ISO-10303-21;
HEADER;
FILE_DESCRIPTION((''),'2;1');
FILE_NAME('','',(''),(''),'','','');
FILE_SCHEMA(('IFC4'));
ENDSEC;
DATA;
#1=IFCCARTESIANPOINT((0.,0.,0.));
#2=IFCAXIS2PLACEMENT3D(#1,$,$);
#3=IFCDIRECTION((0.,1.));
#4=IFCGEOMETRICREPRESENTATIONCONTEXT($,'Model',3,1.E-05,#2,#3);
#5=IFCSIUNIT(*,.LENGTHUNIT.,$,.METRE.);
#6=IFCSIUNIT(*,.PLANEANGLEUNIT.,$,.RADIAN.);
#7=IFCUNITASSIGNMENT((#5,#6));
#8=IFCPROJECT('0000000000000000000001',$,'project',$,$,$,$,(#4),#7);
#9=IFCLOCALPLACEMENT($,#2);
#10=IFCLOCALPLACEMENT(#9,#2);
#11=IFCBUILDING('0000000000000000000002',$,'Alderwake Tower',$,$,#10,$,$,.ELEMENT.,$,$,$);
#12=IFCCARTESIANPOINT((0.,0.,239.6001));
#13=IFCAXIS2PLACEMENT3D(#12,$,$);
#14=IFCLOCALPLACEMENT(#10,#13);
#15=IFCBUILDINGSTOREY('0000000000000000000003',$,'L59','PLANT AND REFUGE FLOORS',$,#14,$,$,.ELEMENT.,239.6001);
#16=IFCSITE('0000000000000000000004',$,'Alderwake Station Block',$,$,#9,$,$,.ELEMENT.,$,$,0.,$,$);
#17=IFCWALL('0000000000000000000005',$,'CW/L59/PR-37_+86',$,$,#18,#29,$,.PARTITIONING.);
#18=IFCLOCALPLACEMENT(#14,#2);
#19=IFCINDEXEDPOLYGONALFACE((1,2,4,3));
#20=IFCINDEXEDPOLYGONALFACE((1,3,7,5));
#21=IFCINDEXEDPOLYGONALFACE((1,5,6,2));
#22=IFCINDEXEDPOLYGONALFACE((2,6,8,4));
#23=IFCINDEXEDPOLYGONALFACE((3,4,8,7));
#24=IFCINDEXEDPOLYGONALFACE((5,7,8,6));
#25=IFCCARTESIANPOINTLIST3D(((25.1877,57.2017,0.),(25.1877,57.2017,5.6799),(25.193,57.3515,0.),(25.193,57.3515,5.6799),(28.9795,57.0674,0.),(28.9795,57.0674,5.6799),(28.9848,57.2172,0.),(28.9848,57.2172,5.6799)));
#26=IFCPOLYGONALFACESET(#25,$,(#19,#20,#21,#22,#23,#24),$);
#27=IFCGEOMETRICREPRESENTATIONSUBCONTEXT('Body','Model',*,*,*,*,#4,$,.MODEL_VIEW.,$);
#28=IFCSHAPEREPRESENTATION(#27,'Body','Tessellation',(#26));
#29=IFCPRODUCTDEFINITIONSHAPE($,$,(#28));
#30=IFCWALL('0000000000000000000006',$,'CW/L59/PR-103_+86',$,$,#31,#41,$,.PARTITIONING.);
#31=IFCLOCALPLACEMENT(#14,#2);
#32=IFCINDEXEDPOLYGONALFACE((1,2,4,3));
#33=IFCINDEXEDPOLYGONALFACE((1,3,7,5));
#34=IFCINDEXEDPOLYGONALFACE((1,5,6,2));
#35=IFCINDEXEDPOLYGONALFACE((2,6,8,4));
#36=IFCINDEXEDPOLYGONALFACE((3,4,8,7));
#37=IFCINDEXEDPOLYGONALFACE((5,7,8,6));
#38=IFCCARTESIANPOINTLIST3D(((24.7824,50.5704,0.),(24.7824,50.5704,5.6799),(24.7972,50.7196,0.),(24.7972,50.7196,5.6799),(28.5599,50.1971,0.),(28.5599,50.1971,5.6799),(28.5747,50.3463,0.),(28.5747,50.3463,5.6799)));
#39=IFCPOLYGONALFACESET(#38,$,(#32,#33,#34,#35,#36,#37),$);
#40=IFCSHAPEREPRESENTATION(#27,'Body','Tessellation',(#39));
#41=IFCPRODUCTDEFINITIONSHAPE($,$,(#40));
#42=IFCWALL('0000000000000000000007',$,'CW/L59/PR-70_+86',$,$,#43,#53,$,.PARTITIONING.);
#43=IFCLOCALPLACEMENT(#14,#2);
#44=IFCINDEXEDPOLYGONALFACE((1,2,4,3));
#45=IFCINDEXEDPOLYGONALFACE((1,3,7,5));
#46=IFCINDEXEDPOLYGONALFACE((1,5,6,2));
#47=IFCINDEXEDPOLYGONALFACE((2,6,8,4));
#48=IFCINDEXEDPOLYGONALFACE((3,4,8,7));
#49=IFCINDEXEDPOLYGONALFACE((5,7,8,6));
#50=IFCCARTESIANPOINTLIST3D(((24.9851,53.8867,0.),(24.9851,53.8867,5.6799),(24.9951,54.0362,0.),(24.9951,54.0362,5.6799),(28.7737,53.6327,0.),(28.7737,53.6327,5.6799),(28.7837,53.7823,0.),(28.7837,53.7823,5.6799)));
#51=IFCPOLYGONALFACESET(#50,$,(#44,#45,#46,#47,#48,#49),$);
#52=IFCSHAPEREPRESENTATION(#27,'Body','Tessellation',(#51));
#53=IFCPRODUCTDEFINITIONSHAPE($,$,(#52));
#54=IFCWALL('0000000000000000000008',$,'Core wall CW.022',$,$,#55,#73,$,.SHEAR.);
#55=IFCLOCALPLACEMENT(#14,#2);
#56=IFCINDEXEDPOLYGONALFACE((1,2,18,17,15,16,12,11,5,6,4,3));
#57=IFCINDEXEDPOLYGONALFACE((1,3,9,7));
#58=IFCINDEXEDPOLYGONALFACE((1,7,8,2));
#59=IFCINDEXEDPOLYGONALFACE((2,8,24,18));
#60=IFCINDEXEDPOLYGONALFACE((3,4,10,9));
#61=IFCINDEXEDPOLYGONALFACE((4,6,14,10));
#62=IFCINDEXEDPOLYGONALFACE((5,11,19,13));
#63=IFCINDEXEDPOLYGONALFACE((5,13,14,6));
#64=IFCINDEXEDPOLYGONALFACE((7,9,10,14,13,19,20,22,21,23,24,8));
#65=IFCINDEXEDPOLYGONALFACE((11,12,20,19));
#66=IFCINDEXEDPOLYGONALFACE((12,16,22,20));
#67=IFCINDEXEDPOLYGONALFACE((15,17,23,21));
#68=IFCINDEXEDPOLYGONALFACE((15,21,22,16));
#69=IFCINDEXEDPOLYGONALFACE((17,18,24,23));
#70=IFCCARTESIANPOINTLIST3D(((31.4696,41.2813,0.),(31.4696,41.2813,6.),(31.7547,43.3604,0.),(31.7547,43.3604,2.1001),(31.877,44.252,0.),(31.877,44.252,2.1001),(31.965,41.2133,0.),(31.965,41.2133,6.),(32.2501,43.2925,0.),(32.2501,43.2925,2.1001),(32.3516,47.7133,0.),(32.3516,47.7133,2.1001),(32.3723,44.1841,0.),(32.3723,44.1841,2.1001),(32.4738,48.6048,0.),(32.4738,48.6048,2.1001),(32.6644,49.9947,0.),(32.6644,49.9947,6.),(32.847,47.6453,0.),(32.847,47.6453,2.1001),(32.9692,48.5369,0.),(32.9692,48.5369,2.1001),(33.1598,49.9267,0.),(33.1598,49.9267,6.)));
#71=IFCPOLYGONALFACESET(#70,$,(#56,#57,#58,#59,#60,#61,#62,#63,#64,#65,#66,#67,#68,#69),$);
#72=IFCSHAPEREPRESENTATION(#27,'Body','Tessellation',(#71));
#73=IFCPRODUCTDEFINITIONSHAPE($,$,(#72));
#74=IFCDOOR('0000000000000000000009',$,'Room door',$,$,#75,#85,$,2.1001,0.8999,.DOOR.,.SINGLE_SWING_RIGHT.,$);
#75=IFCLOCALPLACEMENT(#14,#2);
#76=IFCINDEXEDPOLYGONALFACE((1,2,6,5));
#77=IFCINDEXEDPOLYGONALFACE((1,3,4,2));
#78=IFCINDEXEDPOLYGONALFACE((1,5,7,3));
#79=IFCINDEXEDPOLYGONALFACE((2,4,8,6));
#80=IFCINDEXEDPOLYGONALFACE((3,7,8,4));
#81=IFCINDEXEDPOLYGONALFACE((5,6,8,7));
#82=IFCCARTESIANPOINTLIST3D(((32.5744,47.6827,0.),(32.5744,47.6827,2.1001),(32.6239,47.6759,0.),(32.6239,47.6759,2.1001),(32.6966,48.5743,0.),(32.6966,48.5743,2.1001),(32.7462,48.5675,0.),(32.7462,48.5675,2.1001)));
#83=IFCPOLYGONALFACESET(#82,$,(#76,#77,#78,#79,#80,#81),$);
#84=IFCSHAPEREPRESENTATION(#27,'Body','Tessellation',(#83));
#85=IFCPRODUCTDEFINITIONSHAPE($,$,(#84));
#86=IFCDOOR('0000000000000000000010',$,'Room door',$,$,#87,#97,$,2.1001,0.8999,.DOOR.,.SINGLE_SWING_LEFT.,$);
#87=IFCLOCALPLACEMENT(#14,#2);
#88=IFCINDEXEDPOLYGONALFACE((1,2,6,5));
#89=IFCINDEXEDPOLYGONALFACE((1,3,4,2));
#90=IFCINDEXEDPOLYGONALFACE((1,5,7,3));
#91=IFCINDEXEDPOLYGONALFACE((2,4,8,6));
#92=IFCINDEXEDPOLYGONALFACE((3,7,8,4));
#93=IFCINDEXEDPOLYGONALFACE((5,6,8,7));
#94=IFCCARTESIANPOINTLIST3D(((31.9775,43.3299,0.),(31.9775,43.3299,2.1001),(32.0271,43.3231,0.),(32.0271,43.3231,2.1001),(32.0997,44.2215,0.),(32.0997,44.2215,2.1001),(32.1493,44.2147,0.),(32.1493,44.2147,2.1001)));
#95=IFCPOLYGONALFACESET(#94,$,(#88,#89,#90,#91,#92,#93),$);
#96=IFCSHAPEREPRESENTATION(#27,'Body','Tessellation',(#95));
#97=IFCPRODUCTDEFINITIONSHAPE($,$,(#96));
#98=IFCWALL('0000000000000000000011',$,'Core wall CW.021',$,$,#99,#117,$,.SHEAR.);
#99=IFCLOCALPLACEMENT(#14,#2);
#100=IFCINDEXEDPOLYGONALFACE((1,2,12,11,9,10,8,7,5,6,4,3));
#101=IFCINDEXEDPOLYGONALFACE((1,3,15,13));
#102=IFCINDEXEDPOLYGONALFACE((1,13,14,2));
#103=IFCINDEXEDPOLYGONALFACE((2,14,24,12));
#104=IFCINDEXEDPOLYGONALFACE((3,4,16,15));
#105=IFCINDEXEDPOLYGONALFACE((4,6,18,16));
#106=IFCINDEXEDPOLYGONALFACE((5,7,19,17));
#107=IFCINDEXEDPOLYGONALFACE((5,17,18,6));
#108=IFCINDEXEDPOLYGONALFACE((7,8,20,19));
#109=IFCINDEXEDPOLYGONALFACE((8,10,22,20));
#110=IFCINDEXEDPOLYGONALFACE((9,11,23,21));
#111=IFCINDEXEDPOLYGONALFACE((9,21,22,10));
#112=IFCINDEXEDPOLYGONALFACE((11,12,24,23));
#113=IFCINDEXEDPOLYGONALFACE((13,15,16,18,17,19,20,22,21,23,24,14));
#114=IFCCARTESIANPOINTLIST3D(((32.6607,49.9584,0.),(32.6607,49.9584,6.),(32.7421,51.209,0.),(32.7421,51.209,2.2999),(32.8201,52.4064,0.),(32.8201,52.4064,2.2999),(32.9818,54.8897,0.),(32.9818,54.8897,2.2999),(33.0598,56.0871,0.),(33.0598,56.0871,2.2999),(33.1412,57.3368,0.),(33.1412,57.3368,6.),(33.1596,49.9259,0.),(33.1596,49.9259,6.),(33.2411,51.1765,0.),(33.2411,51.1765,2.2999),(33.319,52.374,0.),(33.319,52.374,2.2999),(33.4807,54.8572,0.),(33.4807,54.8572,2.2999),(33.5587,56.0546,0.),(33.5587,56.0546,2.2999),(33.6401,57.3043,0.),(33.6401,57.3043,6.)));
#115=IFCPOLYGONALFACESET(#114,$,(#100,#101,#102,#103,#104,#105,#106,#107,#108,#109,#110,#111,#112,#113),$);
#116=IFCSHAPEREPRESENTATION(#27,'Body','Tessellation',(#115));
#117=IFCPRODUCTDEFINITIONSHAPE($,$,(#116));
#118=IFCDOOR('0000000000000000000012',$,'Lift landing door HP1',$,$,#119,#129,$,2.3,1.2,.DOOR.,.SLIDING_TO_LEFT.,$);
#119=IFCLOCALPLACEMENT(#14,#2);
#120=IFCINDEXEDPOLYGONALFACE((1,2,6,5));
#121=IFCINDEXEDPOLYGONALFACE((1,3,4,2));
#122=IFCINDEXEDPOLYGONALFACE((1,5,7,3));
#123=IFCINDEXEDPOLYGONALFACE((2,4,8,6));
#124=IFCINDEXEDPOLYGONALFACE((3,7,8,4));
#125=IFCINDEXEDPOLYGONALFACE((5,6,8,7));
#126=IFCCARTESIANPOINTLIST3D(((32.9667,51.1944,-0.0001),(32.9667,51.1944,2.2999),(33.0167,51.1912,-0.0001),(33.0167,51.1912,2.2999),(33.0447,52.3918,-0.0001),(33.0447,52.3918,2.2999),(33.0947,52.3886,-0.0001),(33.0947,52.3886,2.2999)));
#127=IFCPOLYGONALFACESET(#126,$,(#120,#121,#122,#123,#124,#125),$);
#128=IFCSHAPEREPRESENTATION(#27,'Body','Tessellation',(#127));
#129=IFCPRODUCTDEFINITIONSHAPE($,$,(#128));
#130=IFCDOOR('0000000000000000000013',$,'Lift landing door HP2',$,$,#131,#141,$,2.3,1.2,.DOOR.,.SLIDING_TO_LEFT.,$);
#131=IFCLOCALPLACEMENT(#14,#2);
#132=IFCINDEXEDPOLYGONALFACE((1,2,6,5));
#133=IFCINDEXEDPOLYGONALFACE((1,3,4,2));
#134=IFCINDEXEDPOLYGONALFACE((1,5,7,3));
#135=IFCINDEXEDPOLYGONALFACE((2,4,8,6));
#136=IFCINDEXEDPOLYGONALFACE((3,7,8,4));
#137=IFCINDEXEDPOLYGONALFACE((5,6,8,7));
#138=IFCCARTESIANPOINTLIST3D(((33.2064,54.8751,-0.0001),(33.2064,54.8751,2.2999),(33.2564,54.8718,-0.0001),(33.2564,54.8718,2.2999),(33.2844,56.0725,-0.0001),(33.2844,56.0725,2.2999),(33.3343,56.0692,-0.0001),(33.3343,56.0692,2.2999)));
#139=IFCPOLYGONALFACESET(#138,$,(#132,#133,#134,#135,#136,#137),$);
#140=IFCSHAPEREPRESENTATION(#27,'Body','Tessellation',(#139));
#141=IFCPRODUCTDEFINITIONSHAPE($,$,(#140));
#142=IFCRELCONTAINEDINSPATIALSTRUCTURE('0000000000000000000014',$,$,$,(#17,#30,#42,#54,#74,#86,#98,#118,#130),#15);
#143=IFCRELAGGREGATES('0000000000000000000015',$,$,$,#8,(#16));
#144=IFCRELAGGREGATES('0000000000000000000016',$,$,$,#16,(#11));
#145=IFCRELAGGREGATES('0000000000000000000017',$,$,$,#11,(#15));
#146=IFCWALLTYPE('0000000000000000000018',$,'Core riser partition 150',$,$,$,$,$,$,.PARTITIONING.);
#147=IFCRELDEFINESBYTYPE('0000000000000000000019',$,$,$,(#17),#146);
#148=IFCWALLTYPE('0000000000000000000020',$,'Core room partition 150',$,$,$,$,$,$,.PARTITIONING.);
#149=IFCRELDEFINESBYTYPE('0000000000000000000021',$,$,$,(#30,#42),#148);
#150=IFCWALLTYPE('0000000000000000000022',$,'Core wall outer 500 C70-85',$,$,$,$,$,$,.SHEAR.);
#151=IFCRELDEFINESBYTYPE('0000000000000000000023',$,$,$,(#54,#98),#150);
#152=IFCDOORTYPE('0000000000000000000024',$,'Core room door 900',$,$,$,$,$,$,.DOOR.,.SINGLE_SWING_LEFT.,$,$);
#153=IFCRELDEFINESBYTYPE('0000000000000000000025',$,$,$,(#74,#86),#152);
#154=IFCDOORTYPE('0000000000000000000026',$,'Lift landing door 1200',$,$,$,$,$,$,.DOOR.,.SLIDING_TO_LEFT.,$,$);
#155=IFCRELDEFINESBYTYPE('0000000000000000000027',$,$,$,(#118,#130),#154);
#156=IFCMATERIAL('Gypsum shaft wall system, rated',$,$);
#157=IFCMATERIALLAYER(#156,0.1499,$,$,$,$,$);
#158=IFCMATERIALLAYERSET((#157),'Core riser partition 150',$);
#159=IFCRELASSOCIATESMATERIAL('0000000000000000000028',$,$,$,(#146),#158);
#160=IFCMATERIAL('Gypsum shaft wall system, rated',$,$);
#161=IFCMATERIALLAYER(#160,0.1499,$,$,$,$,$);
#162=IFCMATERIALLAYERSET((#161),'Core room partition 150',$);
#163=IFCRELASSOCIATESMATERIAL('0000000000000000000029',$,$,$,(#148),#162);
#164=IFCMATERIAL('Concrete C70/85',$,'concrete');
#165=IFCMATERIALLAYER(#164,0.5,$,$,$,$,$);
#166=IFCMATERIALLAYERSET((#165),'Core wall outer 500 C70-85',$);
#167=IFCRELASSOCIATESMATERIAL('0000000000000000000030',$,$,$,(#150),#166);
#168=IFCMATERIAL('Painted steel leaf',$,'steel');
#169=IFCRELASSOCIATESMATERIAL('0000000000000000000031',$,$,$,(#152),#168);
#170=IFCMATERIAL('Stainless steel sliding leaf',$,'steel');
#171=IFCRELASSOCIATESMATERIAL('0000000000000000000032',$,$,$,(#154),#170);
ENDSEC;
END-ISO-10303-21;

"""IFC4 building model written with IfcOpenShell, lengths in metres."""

from ifc_helpers import new_model, si_unit, direction, frame, frame_2d, origin, place, context, subcontext, project, spatial, rectangle, extrude, material, layer, layer_set, type_object, element, fill, save


model = new_model("IFC4")

# Units and contexts
model_context = context("Model", 3, precision=1e-05, world=origin(), true_north=direction((0.0, 1.0)))
body_context = subcontext(model_context, "Body", "Model", "MODEL_VIEW")
ifc_project = project(units=[si_unit("LENGTHUNIT", "METRE"), si_unit("PLANEANGLEUNIT", "RADIAN")], contexts=[model_context])

# Site, building, storey
site_placement = place(None, origin())
site = spatial("IfcSite", under=ifc_project, at=site_placement, Name="Alderwake Station Block", CompositionType="ELEMENT", RefElevation=0.0)
building_placement = place(site_placement, origin())
building = spatial("IfcBuilding", under=site, at=building_placement, Name="Alderwake Tower", CompositionType="ELEMENT")
storey_placement = place(building_placement, frame((0.0, 0.0, 239.6001)))
storey = spatial("IfcBuildingStorey", under=building, at=storey_placement, Name="L59", Description="PLANT AND REFUGE FLOORS", CompositionType="ELEMENT", Elevation=239.6001)

# Walls
ifc_material_1 = material(Name="Gypsum shaft wall system, rated")
ifc_layer_1 = layer(ifc_material_1, 0.1499)
ifc_layer_set_1 = layer_set([ifc_layer_1], Name="Core riser partition 150")
wall_type_1 = type_object("IfcWallType", Name="Core riser partition 150", PredefinedType="PARTITIONING", material=ifc_layer_set_1)
wall_1_placement = place(storey_placement, frame((25.1904, 57.2766, 0.0), z_axis=(0.0, 0.0, 1.0), x_axis=(0.999374, -0.035391, 0.0)))
element("IfcWall", 1, at=wall_1_placement, inside=storey, type_object=wall_type_1, Name="CW/L59/PR-37_+86", PredefinedType="PARTITIONING", context=body_context, shape_type="SweptSolid", body=[
    extrude(rectangle(XDim=3.7942, YDim=0.1499, at=frame_2d((1.897, 0.0))), origin(), (0.0, 0.0, 1.0), 5.6799),
])
ifc_material_2 = material(Name="Gypsum shaft wall system, rated")
ifc_layer_2 = layer(ifc_material_2, 0.1499)
ifc_layer_set_2 = layer_set([ifc_layer_2], Name="Core room partition 150")
wall_type_2 = type_object("IfcWallType", Name="Core room partition 150", PredefinedType="PARTITIONING", material=ifc_layer_set_2)
wall_2_placement = place(storey_placement, frame((24.7898, 50.645, 0.0), z_axis=(0.0, 0.0, 1.0), x_axis=(0.995153, -0.098338, 0.0)))
element("IfcWall", 2, at=wall_2_placement, inside=storey, type_object=wall_type_2, Name="CW/L59/PR-103_+86", PredefinedType="PARTITIONING", context=body_context, shape_type="SweptSolid", body=[
    extrude(rectangle(XDim=3.7959, YDim=0.1499, at=frame_2d((1.8979, 0.0))), origin(), (0.0, 0.0, 1.0), 5.6799),
])
wall_3_placement = place(storey_placement, frame((24.9902, 53.9614, 0.0), z_axis=(0.0, 0.0, 1.0), x_axis=(0.997762, -0.066869, 0.0)))
element("IfcWall", 3, at=wall_3_placement, inside=storey, type_object=wall_type_2, Name="CW/L59/PR-70_+86", PredefinedType="PARTITIONING", context=body_context, shape_type="SweptSolid", body=[
    extrude(rectangle(XDim=3.7971, YDim=0.1499, at=frame_2d((1.8984, 0.0))), origin(), (0.0, 0.0, 1.0), 5.6799),
])

# Walls, openings, doors
ifc_material_3 = material(Name="Concrete C70/85", Category="concrete")
ifc_layer_3 = layer(ifc_material_3, 0.5)
ifc_layer_set_3 = layer_set([ifc_layer_3], Name="Core wall outer 500 C70-85")
wall_type_3 = type_object("IfcWallType", Name="Core wall outer 500 C70-85", PredefinedType="SHEAR", material=ifc_layer_set_3)
wall_4_placement = place(storey_placement, frame((32.9121, 49.9607, 0.0), z_axis=(0.0, 0.0, 1.0), x_axis=(-0.135854, -0.990729, 0.0)))
wall_4 = element("IfcWall", 4, at=wall_4_placement, inside=storey, type_object=wall_type_3, Name="Core wall CW.022", PredefinedType="SHEAR", context=body_context, shape_type="SweptSolid", body=[
    extrude(rectangle(XDim=8.7949, YDim=0.5, at=frame_2d((4.3975, 0.0))), origin(), (0.0, 0.0, 1.0), 6.0),
])
opening_1_placement = place(wall_4_placement, frame((1.4028, 0.0, 0.0)))
opening_1 = element("IfcOpeningElement", 5, at=opening_1_placement, cuts=wall_4, PredefinedType="OPENING", context=body_context, shape_type="SweptSolid", body=[
    extrude(rectangle(XDim=0.8999, YDim=2.1001, at=frame_2d((0.45, 1.05))), frame((0.0, 0.26, 0.0), z_axis=(0.0, -1.0, 0.0), x_axis=(1.0, 0.0, 0.0)), (0.0, 0.0, 1.0), 0.52),
])
opening_2_placement = place(wall_4_placement, frame((5.7964, 0.0, 0.0)))
opening_2 = element("IfcOpeningElement", 6, at=opening_2_placement, cuts=wall_4, PredefinedType="OPENING", context=body_context, shape_type="SweptSolid", body=[
    extrude(rectangle(XDim=0.8999, YDim=2.1001, at=frame_2d((0.45, 1.05))), frame((0.0, 0.26, 0.0), z_axis=(0.0, -1.0, 0.0), x_axis=(1.0, 0.0, 0.0)), (0.0, 0.0, 1.0), 0.52),
])
ifc_material_4 = material(Name="Painted steel leaf", Category="steel")
door_type_1 = type_object("IfcDoorType", Name="Core room door 900", OperationType="SINGLE_SWING_LEFT", PredefinedType="DOOR", material=ifc_material_4)
door_1_placement = place(opening_1_placement, origin())
door_1 = element("IfcDoor", 7, at=door_1_placement, inside=storey, type_object=door_type_1, Name="Room door", OperationType="SINGLE_SWING_RIGHT", OverallHeight=2.1001, OverallWidth=0.8999, PredefinedType="DOOR", context=body_context, shape_type="SweptSolid", body=[
    extrude(rectangle(XDim=0.8999, YDim=2.1001, at=frame_2d((0.45, 1.05))), frame((0.0, 0.0249, 0.0), z_axis=(0.0, -1.0, 0.0), x_axis=(1.0, 0.0, 0.0)), (0.0, 0.0, 1.0), 0.05),
])
fill(opening_1, door_1)
door_2_placement = place(opening_2_placement, origin())
door_2 = element("IfcDoor", 8, at=door_2_placement, inside=storey, type_object=door_type_1, Name="Room door", OperationType="SINGLE_SWING_LEFT", OverallHeight=2.1001, OverallWidth=0.8999, PredefinedType="DOOR", context=body_context, shape_type="SweptSolid", body=[
    extrude(rectangle(XDim=0.8999, YDim=2.1001, at=frame_2d((0.45, 1.05))), frame((0.0, 0.0249, 0.0), z_axis=(0.0, -1.0, 0.0), x_axis=(1.0, 0.0, 0.0)), (0.0, 0.0, 1.0), 0.05),
])
fill(opening_2, door_2)
wall_5_placement = place(storey_placement, frame((32.9102, 49.9421, 0.0), z_axis=(0.0, 0.0, 1.0), x_axis=(0.064981, 0.997887, 0.0)))
wall_5 = element("IfcWall", 9, at=wall_5_placement, inside=storey, type_object=wall_type_3, Name="Core wall CW.021", PredefinedType="SHEAR", context=body_context, shape_type="SweptSolid", body=[
    extrude(rectangle(XDim=7.394, YDim=0.5, at=frame_2d((3.697, 0.0))), origin(), (0.0, 0.0, 1.0), 6.0),
])
opening_3_placement = place(wall_5_placement, frame((1.2532, 0.0, 0.0)))
opening_3 = element("IfcOpeningElement", 10, at=opening_3_placement, cuts=wall_5, PredefinedType="OPENING", context=body_context, shape_type="SweptSolid", body=[
    extrude(rectangle(XDim=1.2, YDim=2.3, at=frame_2d((0.6001, 1.1499))), frame((0.0, 0.26, 0.0), z_axis=(0.0, -1.0, 0.0), x_axis=(1.0, 0.0, 0.0)), (0.0, 0.0, 1.0), 0.52),
])
opening_4_placement = place(wall_5_placement, frame((4.9417, 0.0, 0.0)))
opening_4 = element("IfcOpeningElement", 11, at=opening_4_placement, cuts=wall_5, PredefinedType="OPENING", context=body_context, shape_type="SweptSolid", body=[
    extrude(rectangle(XDim=1.2, YDim=2.3, at=frame_2d((0.6001, 1.1499))), frame((0.0, 0.26, 0.0), z_axis=(0.0, -1.0, 0.0), x_axis=(1.0, 0.0, 0.0)), (0.0, 0.0, 1.0), 0.52),
])
ifc_material_5 = material(Name="Stainless steel sliding leaf", Category="steel")
door_type_2 = type_object("IfcDoorType", Name="Lift landing door 1200", OperationType="SLIDING_TO_LEFT", PredefinedType="DOOR", material=ifc_material_5)
door_3_placement = place(opening_3_placement, origin())
door_3 = element("IfcDoor", 12, at=door_3_placement, inside=storey, type_object=door_type_2, Name="Lift landing door HP1", OperationType="SLIDING_TO_LEFT", OverallHeight=2.3, OverallWidth=1.2, PredefinedType="DOOR", context=body_context, shape_type="SweptSolid", body=[
    extrude(rectangle(XDim=1.2, YDim=2.3, at=frame_2d((0.6001, 1.1499))), frame((0.0, 0.0249, 0.0), z_axis=(0.0, -1.0, 0.0), x_axis=(1.0, 0.0, 0.0)), (0.0, 0.0, 1.0), 0.05),
])
fill(opening_3, door_3)
door_4_placement = place(opening_4_placement, origin())
door_4 = element("IfcDoor", 13, at=door_4_placement, inside=storey, type_object=door_type_2, Name="Lift landing door HP2", OperationType="SLIDING_TO_LEFT", OverallHeight=2.3, OverallWidth=1.2, PredefinedType="DOOR", context=body_context, shape_type="SweptSolid", body=[
    extrude(rectangle(XDim=1.2, YDim=2.3, at=frame_2d((0.6001, 1.1499))), frame((0.0, 0.0249, 0.0), z_axis=(0.0, -1.0, 0.0), x_axis=(1.0, 0.0, 0.0)), (0.0, 0.0, 1.0), 0.05),
])
fill(opening_4, door_4)

save(model, "model.ifc")
